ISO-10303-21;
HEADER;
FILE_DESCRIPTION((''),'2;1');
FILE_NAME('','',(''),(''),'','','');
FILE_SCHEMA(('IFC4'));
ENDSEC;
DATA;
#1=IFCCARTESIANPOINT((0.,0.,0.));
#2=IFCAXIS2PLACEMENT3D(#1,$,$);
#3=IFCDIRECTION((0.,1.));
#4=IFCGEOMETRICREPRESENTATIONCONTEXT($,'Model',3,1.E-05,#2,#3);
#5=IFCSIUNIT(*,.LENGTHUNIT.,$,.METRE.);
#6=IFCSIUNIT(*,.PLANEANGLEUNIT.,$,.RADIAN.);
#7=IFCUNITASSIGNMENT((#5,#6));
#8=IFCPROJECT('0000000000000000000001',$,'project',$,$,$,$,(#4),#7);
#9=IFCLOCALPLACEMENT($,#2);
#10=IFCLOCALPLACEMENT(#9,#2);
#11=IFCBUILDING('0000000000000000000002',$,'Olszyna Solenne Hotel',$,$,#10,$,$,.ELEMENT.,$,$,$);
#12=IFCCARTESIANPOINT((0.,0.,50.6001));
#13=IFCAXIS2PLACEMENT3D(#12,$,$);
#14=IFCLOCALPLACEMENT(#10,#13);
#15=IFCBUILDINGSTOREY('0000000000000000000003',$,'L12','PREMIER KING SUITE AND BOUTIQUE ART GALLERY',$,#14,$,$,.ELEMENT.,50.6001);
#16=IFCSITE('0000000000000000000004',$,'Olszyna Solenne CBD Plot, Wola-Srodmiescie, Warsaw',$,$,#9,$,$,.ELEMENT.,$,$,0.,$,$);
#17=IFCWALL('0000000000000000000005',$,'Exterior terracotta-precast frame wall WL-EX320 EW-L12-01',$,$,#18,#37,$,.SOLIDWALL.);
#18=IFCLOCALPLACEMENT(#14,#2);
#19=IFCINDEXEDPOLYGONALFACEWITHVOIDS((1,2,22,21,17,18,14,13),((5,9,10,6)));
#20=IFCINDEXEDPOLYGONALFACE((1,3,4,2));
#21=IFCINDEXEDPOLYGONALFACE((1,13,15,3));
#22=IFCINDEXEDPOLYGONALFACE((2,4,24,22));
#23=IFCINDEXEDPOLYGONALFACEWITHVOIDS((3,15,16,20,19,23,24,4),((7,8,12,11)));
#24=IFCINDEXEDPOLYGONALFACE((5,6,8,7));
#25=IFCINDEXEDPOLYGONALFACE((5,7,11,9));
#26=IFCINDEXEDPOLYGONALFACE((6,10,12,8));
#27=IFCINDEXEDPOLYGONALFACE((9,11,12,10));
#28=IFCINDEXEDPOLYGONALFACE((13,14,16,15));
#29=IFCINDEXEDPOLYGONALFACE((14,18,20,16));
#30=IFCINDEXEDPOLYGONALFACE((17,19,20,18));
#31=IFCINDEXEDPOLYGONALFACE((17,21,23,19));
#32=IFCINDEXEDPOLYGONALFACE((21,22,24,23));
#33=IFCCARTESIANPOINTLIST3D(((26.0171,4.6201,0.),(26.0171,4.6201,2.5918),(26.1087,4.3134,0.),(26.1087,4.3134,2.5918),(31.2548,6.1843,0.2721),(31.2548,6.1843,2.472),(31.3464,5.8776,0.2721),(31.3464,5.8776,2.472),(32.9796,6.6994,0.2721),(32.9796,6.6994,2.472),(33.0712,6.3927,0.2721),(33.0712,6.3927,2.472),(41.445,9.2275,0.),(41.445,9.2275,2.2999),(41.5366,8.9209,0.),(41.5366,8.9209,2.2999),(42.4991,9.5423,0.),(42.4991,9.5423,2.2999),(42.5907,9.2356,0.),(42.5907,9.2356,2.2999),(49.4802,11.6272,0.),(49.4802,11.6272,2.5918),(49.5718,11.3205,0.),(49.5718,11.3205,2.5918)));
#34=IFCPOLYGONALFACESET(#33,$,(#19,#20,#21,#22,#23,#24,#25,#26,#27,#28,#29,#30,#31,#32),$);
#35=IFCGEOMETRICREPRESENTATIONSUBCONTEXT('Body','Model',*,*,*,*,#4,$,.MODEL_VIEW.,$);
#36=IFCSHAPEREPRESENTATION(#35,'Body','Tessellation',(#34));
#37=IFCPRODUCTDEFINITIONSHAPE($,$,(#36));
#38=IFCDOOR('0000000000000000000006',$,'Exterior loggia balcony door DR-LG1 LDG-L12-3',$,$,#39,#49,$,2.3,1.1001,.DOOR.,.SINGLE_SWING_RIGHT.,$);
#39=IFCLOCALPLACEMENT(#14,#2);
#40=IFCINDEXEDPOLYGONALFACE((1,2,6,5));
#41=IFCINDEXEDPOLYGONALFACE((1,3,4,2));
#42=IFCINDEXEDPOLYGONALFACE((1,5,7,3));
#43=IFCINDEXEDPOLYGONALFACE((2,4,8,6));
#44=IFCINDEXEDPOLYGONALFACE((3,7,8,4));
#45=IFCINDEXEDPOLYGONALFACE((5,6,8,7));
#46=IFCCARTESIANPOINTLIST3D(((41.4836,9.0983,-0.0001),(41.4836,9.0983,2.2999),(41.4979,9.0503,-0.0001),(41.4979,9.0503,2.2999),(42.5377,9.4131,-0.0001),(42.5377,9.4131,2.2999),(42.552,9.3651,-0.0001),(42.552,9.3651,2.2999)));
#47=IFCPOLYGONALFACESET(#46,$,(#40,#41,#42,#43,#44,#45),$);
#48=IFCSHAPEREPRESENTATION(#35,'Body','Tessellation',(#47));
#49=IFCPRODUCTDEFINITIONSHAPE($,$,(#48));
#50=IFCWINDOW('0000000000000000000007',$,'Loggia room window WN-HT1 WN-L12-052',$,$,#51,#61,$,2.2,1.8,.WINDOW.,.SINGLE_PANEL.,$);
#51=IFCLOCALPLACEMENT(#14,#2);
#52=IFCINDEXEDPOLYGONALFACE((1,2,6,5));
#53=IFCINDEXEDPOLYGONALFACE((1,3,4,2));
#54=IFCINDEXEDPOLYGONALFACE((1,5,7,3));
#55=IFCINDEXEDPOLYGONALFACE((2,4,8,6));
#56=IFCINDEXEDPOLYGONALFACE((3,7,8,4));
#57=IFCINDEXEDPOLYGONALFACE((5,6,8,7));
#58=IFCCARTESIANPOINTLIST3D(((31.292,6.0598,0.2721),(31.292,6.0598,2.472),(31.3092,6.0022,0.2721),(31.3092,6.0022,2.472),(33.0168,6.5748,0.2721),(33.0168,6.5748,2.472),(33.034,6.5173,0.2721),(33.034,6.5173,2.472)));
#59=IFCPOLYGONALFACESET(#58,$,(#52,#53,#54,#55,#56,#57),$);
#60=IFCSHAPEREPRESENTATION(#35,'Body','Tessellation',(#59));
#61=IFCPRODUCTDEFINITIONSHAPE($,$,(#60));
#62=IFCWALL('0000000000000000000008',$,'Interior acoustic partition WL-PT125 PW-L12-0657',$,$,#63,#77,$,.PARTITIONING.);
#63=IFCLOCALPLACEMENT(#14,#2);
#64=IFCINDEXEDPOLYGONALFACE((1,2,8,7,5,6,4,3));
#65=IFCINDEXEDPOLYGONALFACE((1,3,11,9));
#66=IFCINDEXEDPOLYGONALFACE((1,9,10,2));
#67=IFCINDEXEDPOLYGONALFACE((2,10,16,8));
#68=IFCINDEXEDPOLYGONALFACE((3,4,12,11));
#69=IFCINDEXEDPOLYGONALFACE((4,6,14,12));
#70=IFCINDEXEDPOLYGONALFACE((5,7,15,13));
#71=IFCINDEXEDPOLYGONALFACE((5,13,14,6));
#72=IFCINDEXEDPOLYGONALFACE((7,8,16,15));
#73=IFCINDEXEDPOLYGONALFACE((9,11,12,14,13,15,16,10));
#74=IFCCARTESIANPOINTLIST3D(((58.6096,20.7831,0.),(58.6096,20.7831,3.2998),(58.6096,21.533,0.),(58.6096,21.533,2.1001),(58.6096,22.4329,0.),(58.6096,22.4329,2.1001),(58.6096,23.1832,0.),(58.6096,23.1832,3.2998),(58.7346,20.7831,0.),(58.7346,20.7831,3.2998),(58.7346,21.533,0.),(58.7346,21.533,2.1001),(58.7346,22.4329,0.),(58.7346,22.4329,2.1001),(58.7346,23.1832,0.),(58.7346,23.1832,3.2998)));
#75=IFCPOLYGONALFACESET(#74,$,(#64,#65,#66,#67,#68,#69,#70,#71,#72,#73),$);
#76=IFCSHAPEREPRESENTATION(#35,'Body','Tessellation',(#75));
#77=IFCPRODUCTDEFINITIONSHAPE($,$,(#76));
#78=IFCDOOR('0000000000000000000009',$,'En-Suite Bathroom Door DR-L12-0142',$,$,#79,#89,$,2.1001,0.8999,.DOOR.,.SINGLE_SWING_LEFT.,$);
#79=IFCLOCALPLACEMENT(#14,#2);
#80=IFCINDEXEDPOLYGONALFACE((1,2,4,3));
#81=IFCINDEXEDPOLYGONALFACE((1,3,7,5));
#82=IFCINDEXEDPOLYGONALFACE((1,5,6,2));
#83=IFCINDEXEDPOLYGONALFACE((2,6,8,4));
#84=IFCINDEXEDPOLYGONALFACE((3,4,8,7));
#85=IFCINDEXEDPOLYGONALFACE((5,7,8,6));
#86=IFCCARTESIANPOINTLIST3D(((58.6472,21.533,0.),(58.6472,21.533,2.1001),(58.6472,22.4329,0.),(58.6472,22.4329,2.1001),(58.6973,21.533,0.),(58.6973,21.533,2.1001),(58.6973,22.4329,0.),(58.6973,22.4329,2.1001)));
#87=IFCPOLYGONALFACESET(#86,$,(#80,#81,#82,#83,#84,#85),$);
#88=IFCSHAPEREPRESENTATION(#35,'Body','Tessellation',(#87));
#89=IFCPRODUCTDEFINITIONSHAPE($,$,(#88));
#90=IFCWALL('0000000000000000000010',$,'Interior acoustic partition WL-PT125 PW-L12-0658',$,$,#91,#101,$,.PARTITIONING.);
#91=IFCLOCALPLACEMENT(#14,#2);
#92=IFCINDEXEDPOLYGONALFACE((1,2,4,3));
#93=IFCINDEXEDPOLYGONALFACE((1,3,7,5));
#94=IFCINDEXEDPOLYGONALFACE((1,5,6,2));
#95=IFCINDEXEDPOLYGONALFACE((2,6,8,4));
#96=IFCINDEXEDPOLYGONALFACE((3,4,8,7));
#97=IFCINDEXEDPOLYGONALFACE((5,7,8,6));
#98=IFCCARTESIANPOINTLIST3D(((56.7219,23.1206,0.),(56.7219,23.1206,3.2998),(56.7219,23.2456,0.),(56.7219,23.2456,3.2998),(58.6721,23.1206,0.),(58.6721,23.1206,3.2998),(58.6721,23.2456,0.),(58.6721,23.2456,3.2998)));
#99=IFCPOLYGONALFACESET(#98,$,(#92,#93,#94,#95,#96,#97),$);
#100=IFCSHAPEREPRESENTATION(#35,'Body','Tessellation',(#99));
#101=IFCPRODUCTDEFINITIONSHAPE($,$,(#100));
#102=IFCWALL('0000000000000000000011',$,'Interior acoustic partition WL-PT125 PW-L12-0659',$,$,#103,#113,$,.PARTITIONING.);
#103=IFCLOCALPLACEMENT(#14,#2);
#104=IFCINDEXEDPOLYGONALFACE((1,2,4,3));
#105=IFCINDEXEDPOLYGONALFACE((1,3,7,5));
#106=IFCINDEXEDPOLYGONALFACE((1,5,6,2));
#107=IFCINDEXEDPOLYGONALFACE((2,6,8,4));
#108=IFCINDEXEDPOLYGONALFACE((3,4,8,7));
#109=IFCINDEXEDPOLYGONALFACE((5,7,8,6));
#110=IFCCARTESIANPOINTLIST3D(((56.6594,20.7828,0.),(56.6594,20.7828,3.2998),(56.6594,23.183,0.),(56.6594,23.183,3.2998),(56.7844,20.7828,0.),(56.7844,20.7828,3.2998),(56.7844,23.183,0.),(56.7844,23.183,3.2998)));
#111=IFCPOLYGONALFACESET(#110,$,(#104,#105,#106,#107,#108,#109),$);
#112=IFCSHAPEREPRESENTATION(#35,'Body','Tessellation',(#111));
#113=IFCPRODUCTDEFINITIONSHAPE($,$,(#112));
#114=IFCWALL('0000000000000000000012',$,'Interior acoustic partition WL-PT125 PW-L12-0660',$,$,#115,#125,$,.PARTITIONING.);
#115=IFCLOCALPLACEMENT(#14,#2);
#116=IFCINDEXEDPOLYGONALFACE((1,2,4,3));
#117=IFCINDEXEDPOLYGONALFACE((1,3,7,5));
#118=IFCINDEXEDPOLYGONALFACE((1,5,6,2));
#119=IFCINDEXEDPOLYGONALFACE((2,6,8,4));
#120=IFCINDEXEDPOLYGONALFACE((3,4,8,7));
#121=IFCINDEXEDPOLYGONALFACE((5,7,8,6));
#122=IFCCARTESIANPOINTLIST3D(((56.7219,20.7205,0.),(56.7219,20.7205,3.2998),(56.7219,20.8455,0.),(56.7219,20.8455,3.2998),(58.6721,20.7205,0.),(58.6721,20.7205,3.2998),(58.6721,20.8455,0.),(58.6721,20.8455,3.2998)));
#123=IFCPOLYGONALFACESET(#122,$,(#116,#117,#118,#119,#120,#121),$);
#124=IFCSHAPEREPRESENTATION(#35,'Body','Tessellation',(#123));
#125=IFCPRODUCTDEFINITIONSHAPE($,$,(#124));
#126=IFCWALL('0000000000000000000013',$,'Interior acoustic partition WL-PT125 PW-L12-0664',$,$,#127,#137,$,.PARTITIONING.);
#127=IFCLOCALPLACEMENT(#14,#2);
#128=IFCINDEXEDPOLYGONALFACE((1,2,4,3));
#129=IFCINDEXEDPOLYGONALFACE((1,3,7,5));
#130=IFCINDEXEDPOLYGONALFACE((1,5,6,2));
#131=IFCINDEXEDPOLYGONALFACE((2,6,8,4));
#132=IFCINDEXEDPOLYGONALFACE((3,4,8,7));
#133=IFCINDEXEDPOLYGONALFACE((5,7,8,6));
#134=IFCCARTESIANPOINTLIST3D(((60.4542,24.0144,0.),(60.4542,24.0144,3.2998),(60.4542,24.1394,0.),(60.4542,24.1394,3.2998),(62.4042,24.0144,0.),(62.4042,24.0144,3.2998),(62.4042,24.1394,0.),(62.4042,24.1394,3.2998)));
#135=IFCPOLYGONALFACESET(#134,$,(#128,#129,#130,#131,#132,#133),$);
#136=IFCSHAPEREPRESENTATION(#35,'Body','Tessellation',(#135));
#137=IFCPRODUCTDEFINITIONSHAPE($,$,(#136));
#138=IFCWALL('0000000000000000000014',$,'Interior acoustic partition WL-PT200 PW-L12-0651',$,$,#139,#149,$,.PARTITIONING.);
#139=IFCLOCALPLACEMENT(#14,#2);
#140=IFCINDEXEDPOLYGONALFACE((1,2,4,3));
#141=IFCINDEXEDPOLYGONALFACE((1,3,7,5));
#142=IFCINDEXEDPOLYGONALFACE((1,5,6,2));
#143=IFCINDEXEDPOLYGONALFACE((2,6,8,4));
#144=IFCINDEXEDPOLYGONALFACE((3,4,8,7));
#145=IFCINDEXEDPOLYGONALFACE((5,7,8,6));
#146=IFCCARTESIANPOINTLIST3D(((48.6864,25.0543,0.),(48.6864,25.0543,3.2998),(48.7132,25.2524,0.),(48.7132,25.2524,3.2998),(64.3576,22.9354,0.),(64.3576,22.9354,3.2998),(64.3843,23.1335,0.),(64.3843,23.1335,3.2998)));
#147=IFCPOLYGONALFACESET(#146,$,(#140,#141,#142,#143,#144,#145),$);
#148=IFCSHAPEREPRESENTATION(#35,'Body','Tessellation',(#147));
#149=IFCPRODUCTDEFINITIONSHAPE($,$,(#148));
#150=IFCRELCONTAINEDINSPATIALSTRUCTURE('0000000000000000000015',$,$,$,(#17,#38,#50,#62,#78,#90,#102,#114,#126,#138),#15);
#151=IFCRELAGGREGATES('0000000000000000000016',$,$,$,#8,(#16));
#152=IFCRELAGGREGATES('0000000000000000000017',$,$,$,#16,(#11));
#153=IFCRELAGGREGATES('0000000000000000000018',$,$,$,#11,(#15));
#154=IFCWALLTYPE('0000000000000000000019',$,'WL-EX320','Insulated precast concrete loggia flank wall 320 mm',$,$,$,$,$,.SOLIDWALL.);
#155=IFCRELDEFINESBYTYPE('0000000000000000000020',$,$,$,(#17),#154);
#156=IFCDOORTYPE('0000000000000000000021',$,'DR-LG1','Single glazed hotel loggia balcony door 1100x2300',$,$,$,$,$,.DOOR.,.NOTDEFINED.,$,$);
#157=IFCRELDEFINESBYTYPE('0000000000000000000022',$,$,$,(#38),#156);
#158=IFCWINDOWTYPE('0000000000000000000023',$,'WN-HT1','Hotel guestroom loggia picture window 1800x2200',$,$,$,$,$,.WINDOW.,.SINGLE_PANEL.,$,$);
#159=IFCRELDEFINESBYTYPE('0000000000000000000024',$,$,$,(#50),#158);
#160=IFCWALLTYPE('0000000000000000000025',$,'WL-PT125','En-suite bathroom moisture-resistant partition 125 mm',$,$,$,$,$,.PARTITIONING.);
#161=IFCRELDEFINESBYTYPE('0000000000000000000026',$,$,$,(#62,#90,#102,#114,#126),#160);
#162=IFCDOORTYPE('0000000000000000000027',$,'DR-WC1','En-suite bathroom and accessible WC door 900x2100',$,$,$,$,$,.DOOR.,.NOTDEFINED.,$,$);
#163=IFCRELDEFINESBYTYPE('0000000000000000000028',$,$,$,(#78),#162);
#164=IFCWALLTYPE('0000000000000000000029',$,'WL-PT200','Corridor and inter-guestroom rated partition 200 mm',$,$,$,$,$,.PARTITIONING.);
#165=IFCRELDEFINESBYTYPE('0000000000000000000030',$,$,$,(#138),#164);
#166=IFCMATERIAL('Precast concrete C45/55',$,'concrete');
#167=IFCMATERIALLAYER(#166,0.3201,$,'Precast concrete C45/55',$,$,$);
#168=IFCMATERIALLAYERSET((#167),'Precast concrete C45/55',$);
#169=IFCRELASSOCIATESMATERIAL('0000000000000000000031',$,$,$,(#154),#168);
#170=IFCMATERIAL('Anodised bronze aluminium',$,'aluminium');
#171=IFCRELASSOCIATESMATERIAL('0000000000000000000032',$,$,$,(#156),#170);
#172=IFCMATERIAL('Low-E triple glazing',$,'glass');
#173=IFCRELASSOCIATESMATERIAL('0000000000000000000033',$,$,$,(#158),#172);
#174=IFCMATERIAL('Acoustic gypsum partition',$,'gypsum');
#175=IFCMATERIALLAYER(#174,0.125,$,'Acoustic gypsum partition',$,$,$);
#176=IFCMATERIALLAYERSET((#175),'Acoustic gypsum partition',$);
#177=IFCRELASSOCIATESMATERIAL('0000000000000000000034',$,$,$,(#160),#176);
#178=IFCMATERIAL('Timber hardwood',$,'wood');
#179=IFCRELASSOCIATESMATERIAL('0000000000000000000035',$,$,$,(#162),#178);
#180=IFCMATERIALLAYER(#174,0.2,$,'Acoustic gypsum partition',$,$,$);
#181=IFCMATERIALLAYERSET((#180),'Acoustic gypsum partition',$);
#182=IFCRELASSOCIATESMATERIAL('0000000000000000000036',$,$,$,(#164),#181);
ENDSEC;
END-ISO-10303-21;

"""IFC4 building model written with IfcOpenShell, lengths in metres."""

from ifc_helpers import new_model, si_unit, direction, frame, frame_2d, origin, place, context, subcontext, project, spatial, rectangle, extrude, source, transform, mapped, material, layer, layer_set, type_object, type_shapes, element, fill, save


model = new_model("IFC4")

# Units and contexts
model_context = context("Model", 3, precision=1e-05, world=origin(), true_north=direction((0.0, 1.0)))
body_context = subcontext(model_context, "Body", "Model", "MODEL_VIEW")
ifc_project = project(units=[si_unit("LENGTHUNIT", "METRE"), si_unit("PLANEANGLEUNIT", "RADIAN")], contexts=[model_context])

# Site, building, storey
site_placement = place(None, origin())
site = spatial("IfcSite", under=ifc_project, at=site_placement, Name="Olszyna Solenne CBD Plot, Wola-Srodmiescie, Warsaw", CompositionType="ELEMENT", RefElevation=0.0)
building_placement = place(site_placement, origin())
building = spatial("IfcBuilding", under=site, at=building_placement, Name="Olszyna Solenne Hotel", CompositionType="ELEMENT")
storey_placement = place(building_placement, frame((0.0, 0.0, 50.6001)))
storey = spatial("IfcBuildingStorey", under=building, at=storey_placement, Name="L12", Description="PREMIER KING SUITE AND BOUTIQUE ART GALLERY", CompositionType="ELEMENT", Elevation=50.6001)

# Wall, openings, door, window
ifc_material_1 = material(Name="Precast concrete C45/55", Category="concrete")
ifc_layer_1 = layer(ifc_material_1, 0.3201, Name="Precast concrete C45/55")
ifc_layer_set_1 = layer_set([ifc_layer_1], Name="Precast concrete C45/55")
wall_type_1 = type_object("IfcWallType", Name="WL-EX320", Description="Insulated precast concrete loggia flank wall 320 mm", PredefinedType="SOLIDWALL", material=ifc_layer_set_1)
wall_1_placement = place(storey_placement, frame((49.5261, 11.4739, 0.0), z_axis=(0.0, 0.0, 1.0), x_axis=(-0.958184, -0.286154, 0.0)))
wall_1 = element("IfcWall", 1, at=wall_1_placement, inside=storey, type_object=wall_type_1, Name="Exterior terracotta-precast frame wall WL-EX320 EW-L12-01", PredefinedType="SOLIDWALL", context=body_context, shape_type="SweptSolid", body=[
    extrude(rectangle(XDim=24.4871, YDim=0.3201, at=frame_2d((12.2437, 0.0))), origin(), (0.0, 0.0, 1.0), 2.5918),
])
opening_1_placement = place(wall_1_placement, frame((7.2859, 0.0, 0.0)))
opening_1 = element("IfcOpeningElement", 2, at=opening_1_placement, cuts=wall_1, PredefinedType="OPENING", context=body_context, shape_type="SweptSolid", body=[
    extrude(rectangle(XDim=1.1001, YDim=2.3, at=frame_2d((0.55, 1.1499))), frame((0.0, 0.1699, 0.0), z_axis=(0.0, -1.0, 0.0), x_axis=(1.0, 0.0, 0.0)), (0.0, 0.0, 1.0), 0.3401),
])
opening_2_placement = place(wall_1_placement, frame((17.2209, 0.0, 0.272)))
opening_2 = element("IfcOpeningElement", 3, at=opening_2_placement, cuts=wall_1, PredefinedType="OPENING", context=body_context, shape_type="SweptSolid", body=[
    extrude(rectangle(XDim=1.8, YDim=2.2, at=frame_2d((0.8999, 1.1001))), frame((0.0, 0.1699, 0.0), z_axis=(0.0, -1.0, 0.0), x_axis=(1.0, 0.0, 0.0)), (0.0, 0.0, 1.0), 0.3401),
])
ifc_material_2 = material(Name="Anodised bronze aluminium", Category="aluminium")
door_type_1 = type_object("IfcDoorType", Name="DR-LG1", Description="Single glazed hotel loggia balcony door 1100x2300", OperationType="NOTDEFINED", PredefinedType="DOOR", material=ifc_material_2)
shared_shape_1 = source(origin(), body_context, "Body", "SweptSolid", [
    extrude(rectangle(XDim=1.1001, YDim=2.3, at=frame_2d((0.55, 1.1499))), frame((0.0, 0.0249, 0.0), z_axis=(0.0, -1.0, 0.0), x_axis=(1.0, 0.0, 0.0)), (0.0, 0.0, 1.0), 0.05),
])
type_shapes(door_type_1, [shared_shape_1])
door_1_placement = place(opening_1_placement, origin())
door_1 = element("IfcDoor", 4, at=door_1_placement, inside=storey, type_object=door_type_1, Name="Exterior loggia balcony door DR-LG1 LDG-L12-3", OperationType="SINGLE_SWING_RIGHT", OverallHeight=2.3, OverallWidth=1.1001, PredefinedType="DOOR", context=body_context, shape_type="MappedRepresentation", body=[
    mapped(shared_shape_1, transform((0.0, 0.0, 0.0), x_axis=(1.0, 0.0, 0.0), y_axis=(0.0, 1.0, 0.0), z_axis=(0.0, 0.0, 1.0), scale=1.0)),
])
fill(opening_1, door_1)
ifc_material_3 = material(Name="Low-E triple glazing", Category="glass")
window_type = type_object("IfcWindowType", Name="WN-HT1", Description="Hotel guestroom loggia picture window 1800x2200", PartitioningType="SINGLE_PANEL", PredefinedType="WINDOW", material=ifc_material_3)
shared_shape_2 = source(origin(), body_context, "Body", "SweptSolid", [
    extrude(rectangle(XDim=1.8, YDim=2.2, at=frame_2d((0.8999, 1.1001))), frame((0.0, 0.03, 0.0), z_axis=(0.0, -1.0, 0.0), x_axis=(1.0, 0.0, 0.0)), (0.0, 0.0, 1.0), 0.0601),
])
type_shapes(window_type, [shared_shape_2])
window_placement = place(opening_2_placement, origin())
window = element("IfcWindow", 5, at=window_placement, inside=storey, type_object=window_type, Name="Loggia room window WN-HT1 WN-L12-052", OverallHeight=2.2, OverallWidth=1.8, PartitioningType="SINGLE_PANEL", PredefinedType="WINDOW", context=body_context, shape_type="MappedRepresentation", body=[
    mapped(shared_shape_2, transform((0.0, 0.0, 0.0), x_axis=(1.0, 0.0, 0.0), y_axis=(0.0, 1.0, 0.0), z_axis=(0.0, 0.0, 1.0), scale=1.0)),
])
fill(opening_2, window)

# Wall, opening, door
ifc_material_4 = material(Name="Acoustic gypsum partition", Category="gypsum")
ifc_layer_2 = layer(ifc_material_4, 0.125, Name="Acoustic gypsum partition")
ifc_layer_set_2 = layer_set([ifc_layer_2], Name="Acoustic gypsum partition")
wall_type_2 = type_object("IfcWallType", Name="WL-PT125", Description="En-suite bathroom moisture-resistant partition 125 mm", PredefinedType="PARTITIONING", material=ifc_layer_set_2)
wall_2_placement = place(storey_placement, frame((58.6721, 20.783, 0.0), z_axis=(0.0, 0.0, 1.0), x_axis=(0.0, 1.0, 0.0)))
wall_2 = element("IfcWall", 6, at=wall_2_placement, inside=storey, type_object=wall_type_2, Name="Interior acoustic partition WL-PT125 PW-L12-0657", PredefinedType="PARTITIONING", context=body_context, shape_type="SweptSolid", body=[
    extrude(rectangle(XDim=2.4001, YDim=0.125, at=frame_2d((1.2002, 0.0))), origin(), (0.0, 0.0, 1.0), 3.2998),
])
opening_3_placement = place(wall_2_placement, frame((0.75, 0.0, 0.0)))
opening_3 = element("IfcOpeningElement", 7, at=opening_3_placement, cuts=wall_2, PredefinedType="OPENING", context=body_context, shape_type="SweptSolid", body=[
    extrude(rectangle(XDim=0.8999, YDim=2.1001, at=frame_2d((0.45, 1.05))), frame((0.0, 0.0725, 0.0), z_axis=(0.0, -1.0, 0.0), x_axis=(1.0, 0.0, 0.0)), (0.0, 0.0, 1.0), 0.145),
])
ifc_material_5 = material(Name="Timber hardwood", Category="wood")
door_type_2 = type_object("IfcDoorType", Name="DR-WC1", Description="En-suite bathroom and accessible WC door 900x2100", OperationType="NOTDEFINED", PredefinedType="DOOR", material=ifc_material_5)
shared_shape_3 = source(origin(), body_context, "Body", "SweptSolid", [
    extrude(rectangle(XDim=0.8999, YDim=2.1001, at=frame_2d((0.45, 1.05))), frame((0.0, 0.0249, 0.0), z_axis=(0.0, -1.0, 0.0), x_axis=(1.0, 0.0, 0.0)), (0.0, 0.0, 1.0), 0.05),
])
type_shapes(door_type_2, [shared_shape_3])
door_2_placement = place(opening_3_placement, origin())
door_2 = element("IfcDoor", 8, at=door_2_placement, inside=storey, type_object=door_type_2, Name="En-Suite Bathroom Door DR-L12-0142", OperationType="SINGLE_SWING_LEFT", OverallHeight=2.1001, OverallWidth=0.8999, PredefinedType="DOOR", context=body_context, shape_type="MappedRepresentation", body=[
    mapped(shared_shape_3, transform((0.0, 0.0, 0.0), x_axis=(1.0, 0.0, 0.0), y_axis=(0.0, 1.0, 0.0), z_axis=(0.0, 0.0, 1.0), scale=1.0)),
])
fill(opening_3, door_2)

# Walls
wall_3_placement = place(storey_placement, frame((58.6721, 23.1831, 0.0), z_axis=(0.0, 0.0, 1.0), x_axis=(-1.0, 0.0, 0.0)))
element("IfcWall", 9, at=wall_3_placement, inside=storey, type_object=wall_type_2, Name="Interior acoustic partition WL-PT125 PW-L12-0658", PredefinedType="PARTITIONING", context=body_context, shape_type="SweptSolid", body=[
    extrude(rectangle(XDim=1.9502, YDim=0.125, at=frame_2d((0.9751, 0.0))), origin(), (0.0, 0.0, 1.0), 3.2998),
])
wall_4_placement = place(storey_placement, frame((56.7219, 23.1831, 0.0), z_axis=(0.0, 0.0, 1.0), x_axis=(0.0, -1.0, 0.0)))
element("IfcWall", 10, at=wall_4_placement, inside=storey, type_object=wall_type_2, Name="Interior acoustic partition WL-PT125 PW-L12-0659", PredefinedType="PARTITIONING", context=body_context, shape_type="SweptSolid", body=[
    extrude(rectangle(XDim=2.4001, YDim=0.125, at=frame_2d((1.2002, 0.0))), origin(), (0.0, 0.0, 1.0), 3.2998),
])
wall_5_placement = place(storey_placement, frame((56.7219, 20.783, 0.0), z_axis=(0.0, 0.0, 1.0), x_axis=(1.0, 0.0, 0.0)))
element("IfcWall", 11, at=wall_5_placement, inside=storey, type_object=wall_type_2, Name="Interior acoustic partition WL-PT125 PW-L12-0660", PredefinedType="PARTITIONING", context=body_context, shape_type="SweptSolid", body=[
    extrude(rectangle(XDim=1.9502, YDim=0.125, at=frame_2d((0.9751, 0.0))), origin(), (0.0, 0.0, 1.0), 3.2998),
])
wall_6_placement = place(storey_placement, frame((60.4541, 24.0769, 0.0), z_axis=(0.0, 0.0, 1.0), x_axis=(1.0, 0.0, 0.0)))
element("IfcWall", 12, at=wall_6_placement, inside=storey, type_object=wall_type_2, Name="Interior acoustic partition WL-PT125 PW-L12-0664", PredefinedType="PARTITIONING", context=body_context, shape_type="SweptSolid", body=[
    extrude(rectangle(XDim=1.95, YDim=0.125, at=frame_2d((0.9751, 0.0))), origin(), (0.0, 0.0, 1.0), 3.2998),
])
ifc_layer_3 = layer(ifc_material_4, 0.2, Name="Acoustic gypsum partition")
ifc_layer_set_3 = layer_set([ifc_layer_3], Name="Acoustic gypsum partition")
wall_type_3 = type_object("IfcWallType", Name="WL-PT200", Description="Corridor and inter-guestroom rated partition 200 mm", PredefinedType="PARTITIONING", material=ifc_layer_set_3)
wall_7_placement = place(storey_placement, frame((48.7, 25.1533, 0.0), z_axis=(0.0, 0.0, 1.0), x_axis=(0.990983, -0.133991, 0.0)))
element("IfcWall", 13, at=wall_7_placement, inside=storey, type_object=wall_type_3, Name="Interior acoustic partition WL-PT200 PW-L12-0651", PredefinedType="PARTITIONING", context=body_context, shape_type="SweptSolid", body=[
    extrude(rectangle(XDim=15.8137, YDim=0.2, at=frame_2d((7.9067, 0.0))), origin(), (0.0, 0.0, 1.0), 3.2998),
])

save(model, "model.ifc")
